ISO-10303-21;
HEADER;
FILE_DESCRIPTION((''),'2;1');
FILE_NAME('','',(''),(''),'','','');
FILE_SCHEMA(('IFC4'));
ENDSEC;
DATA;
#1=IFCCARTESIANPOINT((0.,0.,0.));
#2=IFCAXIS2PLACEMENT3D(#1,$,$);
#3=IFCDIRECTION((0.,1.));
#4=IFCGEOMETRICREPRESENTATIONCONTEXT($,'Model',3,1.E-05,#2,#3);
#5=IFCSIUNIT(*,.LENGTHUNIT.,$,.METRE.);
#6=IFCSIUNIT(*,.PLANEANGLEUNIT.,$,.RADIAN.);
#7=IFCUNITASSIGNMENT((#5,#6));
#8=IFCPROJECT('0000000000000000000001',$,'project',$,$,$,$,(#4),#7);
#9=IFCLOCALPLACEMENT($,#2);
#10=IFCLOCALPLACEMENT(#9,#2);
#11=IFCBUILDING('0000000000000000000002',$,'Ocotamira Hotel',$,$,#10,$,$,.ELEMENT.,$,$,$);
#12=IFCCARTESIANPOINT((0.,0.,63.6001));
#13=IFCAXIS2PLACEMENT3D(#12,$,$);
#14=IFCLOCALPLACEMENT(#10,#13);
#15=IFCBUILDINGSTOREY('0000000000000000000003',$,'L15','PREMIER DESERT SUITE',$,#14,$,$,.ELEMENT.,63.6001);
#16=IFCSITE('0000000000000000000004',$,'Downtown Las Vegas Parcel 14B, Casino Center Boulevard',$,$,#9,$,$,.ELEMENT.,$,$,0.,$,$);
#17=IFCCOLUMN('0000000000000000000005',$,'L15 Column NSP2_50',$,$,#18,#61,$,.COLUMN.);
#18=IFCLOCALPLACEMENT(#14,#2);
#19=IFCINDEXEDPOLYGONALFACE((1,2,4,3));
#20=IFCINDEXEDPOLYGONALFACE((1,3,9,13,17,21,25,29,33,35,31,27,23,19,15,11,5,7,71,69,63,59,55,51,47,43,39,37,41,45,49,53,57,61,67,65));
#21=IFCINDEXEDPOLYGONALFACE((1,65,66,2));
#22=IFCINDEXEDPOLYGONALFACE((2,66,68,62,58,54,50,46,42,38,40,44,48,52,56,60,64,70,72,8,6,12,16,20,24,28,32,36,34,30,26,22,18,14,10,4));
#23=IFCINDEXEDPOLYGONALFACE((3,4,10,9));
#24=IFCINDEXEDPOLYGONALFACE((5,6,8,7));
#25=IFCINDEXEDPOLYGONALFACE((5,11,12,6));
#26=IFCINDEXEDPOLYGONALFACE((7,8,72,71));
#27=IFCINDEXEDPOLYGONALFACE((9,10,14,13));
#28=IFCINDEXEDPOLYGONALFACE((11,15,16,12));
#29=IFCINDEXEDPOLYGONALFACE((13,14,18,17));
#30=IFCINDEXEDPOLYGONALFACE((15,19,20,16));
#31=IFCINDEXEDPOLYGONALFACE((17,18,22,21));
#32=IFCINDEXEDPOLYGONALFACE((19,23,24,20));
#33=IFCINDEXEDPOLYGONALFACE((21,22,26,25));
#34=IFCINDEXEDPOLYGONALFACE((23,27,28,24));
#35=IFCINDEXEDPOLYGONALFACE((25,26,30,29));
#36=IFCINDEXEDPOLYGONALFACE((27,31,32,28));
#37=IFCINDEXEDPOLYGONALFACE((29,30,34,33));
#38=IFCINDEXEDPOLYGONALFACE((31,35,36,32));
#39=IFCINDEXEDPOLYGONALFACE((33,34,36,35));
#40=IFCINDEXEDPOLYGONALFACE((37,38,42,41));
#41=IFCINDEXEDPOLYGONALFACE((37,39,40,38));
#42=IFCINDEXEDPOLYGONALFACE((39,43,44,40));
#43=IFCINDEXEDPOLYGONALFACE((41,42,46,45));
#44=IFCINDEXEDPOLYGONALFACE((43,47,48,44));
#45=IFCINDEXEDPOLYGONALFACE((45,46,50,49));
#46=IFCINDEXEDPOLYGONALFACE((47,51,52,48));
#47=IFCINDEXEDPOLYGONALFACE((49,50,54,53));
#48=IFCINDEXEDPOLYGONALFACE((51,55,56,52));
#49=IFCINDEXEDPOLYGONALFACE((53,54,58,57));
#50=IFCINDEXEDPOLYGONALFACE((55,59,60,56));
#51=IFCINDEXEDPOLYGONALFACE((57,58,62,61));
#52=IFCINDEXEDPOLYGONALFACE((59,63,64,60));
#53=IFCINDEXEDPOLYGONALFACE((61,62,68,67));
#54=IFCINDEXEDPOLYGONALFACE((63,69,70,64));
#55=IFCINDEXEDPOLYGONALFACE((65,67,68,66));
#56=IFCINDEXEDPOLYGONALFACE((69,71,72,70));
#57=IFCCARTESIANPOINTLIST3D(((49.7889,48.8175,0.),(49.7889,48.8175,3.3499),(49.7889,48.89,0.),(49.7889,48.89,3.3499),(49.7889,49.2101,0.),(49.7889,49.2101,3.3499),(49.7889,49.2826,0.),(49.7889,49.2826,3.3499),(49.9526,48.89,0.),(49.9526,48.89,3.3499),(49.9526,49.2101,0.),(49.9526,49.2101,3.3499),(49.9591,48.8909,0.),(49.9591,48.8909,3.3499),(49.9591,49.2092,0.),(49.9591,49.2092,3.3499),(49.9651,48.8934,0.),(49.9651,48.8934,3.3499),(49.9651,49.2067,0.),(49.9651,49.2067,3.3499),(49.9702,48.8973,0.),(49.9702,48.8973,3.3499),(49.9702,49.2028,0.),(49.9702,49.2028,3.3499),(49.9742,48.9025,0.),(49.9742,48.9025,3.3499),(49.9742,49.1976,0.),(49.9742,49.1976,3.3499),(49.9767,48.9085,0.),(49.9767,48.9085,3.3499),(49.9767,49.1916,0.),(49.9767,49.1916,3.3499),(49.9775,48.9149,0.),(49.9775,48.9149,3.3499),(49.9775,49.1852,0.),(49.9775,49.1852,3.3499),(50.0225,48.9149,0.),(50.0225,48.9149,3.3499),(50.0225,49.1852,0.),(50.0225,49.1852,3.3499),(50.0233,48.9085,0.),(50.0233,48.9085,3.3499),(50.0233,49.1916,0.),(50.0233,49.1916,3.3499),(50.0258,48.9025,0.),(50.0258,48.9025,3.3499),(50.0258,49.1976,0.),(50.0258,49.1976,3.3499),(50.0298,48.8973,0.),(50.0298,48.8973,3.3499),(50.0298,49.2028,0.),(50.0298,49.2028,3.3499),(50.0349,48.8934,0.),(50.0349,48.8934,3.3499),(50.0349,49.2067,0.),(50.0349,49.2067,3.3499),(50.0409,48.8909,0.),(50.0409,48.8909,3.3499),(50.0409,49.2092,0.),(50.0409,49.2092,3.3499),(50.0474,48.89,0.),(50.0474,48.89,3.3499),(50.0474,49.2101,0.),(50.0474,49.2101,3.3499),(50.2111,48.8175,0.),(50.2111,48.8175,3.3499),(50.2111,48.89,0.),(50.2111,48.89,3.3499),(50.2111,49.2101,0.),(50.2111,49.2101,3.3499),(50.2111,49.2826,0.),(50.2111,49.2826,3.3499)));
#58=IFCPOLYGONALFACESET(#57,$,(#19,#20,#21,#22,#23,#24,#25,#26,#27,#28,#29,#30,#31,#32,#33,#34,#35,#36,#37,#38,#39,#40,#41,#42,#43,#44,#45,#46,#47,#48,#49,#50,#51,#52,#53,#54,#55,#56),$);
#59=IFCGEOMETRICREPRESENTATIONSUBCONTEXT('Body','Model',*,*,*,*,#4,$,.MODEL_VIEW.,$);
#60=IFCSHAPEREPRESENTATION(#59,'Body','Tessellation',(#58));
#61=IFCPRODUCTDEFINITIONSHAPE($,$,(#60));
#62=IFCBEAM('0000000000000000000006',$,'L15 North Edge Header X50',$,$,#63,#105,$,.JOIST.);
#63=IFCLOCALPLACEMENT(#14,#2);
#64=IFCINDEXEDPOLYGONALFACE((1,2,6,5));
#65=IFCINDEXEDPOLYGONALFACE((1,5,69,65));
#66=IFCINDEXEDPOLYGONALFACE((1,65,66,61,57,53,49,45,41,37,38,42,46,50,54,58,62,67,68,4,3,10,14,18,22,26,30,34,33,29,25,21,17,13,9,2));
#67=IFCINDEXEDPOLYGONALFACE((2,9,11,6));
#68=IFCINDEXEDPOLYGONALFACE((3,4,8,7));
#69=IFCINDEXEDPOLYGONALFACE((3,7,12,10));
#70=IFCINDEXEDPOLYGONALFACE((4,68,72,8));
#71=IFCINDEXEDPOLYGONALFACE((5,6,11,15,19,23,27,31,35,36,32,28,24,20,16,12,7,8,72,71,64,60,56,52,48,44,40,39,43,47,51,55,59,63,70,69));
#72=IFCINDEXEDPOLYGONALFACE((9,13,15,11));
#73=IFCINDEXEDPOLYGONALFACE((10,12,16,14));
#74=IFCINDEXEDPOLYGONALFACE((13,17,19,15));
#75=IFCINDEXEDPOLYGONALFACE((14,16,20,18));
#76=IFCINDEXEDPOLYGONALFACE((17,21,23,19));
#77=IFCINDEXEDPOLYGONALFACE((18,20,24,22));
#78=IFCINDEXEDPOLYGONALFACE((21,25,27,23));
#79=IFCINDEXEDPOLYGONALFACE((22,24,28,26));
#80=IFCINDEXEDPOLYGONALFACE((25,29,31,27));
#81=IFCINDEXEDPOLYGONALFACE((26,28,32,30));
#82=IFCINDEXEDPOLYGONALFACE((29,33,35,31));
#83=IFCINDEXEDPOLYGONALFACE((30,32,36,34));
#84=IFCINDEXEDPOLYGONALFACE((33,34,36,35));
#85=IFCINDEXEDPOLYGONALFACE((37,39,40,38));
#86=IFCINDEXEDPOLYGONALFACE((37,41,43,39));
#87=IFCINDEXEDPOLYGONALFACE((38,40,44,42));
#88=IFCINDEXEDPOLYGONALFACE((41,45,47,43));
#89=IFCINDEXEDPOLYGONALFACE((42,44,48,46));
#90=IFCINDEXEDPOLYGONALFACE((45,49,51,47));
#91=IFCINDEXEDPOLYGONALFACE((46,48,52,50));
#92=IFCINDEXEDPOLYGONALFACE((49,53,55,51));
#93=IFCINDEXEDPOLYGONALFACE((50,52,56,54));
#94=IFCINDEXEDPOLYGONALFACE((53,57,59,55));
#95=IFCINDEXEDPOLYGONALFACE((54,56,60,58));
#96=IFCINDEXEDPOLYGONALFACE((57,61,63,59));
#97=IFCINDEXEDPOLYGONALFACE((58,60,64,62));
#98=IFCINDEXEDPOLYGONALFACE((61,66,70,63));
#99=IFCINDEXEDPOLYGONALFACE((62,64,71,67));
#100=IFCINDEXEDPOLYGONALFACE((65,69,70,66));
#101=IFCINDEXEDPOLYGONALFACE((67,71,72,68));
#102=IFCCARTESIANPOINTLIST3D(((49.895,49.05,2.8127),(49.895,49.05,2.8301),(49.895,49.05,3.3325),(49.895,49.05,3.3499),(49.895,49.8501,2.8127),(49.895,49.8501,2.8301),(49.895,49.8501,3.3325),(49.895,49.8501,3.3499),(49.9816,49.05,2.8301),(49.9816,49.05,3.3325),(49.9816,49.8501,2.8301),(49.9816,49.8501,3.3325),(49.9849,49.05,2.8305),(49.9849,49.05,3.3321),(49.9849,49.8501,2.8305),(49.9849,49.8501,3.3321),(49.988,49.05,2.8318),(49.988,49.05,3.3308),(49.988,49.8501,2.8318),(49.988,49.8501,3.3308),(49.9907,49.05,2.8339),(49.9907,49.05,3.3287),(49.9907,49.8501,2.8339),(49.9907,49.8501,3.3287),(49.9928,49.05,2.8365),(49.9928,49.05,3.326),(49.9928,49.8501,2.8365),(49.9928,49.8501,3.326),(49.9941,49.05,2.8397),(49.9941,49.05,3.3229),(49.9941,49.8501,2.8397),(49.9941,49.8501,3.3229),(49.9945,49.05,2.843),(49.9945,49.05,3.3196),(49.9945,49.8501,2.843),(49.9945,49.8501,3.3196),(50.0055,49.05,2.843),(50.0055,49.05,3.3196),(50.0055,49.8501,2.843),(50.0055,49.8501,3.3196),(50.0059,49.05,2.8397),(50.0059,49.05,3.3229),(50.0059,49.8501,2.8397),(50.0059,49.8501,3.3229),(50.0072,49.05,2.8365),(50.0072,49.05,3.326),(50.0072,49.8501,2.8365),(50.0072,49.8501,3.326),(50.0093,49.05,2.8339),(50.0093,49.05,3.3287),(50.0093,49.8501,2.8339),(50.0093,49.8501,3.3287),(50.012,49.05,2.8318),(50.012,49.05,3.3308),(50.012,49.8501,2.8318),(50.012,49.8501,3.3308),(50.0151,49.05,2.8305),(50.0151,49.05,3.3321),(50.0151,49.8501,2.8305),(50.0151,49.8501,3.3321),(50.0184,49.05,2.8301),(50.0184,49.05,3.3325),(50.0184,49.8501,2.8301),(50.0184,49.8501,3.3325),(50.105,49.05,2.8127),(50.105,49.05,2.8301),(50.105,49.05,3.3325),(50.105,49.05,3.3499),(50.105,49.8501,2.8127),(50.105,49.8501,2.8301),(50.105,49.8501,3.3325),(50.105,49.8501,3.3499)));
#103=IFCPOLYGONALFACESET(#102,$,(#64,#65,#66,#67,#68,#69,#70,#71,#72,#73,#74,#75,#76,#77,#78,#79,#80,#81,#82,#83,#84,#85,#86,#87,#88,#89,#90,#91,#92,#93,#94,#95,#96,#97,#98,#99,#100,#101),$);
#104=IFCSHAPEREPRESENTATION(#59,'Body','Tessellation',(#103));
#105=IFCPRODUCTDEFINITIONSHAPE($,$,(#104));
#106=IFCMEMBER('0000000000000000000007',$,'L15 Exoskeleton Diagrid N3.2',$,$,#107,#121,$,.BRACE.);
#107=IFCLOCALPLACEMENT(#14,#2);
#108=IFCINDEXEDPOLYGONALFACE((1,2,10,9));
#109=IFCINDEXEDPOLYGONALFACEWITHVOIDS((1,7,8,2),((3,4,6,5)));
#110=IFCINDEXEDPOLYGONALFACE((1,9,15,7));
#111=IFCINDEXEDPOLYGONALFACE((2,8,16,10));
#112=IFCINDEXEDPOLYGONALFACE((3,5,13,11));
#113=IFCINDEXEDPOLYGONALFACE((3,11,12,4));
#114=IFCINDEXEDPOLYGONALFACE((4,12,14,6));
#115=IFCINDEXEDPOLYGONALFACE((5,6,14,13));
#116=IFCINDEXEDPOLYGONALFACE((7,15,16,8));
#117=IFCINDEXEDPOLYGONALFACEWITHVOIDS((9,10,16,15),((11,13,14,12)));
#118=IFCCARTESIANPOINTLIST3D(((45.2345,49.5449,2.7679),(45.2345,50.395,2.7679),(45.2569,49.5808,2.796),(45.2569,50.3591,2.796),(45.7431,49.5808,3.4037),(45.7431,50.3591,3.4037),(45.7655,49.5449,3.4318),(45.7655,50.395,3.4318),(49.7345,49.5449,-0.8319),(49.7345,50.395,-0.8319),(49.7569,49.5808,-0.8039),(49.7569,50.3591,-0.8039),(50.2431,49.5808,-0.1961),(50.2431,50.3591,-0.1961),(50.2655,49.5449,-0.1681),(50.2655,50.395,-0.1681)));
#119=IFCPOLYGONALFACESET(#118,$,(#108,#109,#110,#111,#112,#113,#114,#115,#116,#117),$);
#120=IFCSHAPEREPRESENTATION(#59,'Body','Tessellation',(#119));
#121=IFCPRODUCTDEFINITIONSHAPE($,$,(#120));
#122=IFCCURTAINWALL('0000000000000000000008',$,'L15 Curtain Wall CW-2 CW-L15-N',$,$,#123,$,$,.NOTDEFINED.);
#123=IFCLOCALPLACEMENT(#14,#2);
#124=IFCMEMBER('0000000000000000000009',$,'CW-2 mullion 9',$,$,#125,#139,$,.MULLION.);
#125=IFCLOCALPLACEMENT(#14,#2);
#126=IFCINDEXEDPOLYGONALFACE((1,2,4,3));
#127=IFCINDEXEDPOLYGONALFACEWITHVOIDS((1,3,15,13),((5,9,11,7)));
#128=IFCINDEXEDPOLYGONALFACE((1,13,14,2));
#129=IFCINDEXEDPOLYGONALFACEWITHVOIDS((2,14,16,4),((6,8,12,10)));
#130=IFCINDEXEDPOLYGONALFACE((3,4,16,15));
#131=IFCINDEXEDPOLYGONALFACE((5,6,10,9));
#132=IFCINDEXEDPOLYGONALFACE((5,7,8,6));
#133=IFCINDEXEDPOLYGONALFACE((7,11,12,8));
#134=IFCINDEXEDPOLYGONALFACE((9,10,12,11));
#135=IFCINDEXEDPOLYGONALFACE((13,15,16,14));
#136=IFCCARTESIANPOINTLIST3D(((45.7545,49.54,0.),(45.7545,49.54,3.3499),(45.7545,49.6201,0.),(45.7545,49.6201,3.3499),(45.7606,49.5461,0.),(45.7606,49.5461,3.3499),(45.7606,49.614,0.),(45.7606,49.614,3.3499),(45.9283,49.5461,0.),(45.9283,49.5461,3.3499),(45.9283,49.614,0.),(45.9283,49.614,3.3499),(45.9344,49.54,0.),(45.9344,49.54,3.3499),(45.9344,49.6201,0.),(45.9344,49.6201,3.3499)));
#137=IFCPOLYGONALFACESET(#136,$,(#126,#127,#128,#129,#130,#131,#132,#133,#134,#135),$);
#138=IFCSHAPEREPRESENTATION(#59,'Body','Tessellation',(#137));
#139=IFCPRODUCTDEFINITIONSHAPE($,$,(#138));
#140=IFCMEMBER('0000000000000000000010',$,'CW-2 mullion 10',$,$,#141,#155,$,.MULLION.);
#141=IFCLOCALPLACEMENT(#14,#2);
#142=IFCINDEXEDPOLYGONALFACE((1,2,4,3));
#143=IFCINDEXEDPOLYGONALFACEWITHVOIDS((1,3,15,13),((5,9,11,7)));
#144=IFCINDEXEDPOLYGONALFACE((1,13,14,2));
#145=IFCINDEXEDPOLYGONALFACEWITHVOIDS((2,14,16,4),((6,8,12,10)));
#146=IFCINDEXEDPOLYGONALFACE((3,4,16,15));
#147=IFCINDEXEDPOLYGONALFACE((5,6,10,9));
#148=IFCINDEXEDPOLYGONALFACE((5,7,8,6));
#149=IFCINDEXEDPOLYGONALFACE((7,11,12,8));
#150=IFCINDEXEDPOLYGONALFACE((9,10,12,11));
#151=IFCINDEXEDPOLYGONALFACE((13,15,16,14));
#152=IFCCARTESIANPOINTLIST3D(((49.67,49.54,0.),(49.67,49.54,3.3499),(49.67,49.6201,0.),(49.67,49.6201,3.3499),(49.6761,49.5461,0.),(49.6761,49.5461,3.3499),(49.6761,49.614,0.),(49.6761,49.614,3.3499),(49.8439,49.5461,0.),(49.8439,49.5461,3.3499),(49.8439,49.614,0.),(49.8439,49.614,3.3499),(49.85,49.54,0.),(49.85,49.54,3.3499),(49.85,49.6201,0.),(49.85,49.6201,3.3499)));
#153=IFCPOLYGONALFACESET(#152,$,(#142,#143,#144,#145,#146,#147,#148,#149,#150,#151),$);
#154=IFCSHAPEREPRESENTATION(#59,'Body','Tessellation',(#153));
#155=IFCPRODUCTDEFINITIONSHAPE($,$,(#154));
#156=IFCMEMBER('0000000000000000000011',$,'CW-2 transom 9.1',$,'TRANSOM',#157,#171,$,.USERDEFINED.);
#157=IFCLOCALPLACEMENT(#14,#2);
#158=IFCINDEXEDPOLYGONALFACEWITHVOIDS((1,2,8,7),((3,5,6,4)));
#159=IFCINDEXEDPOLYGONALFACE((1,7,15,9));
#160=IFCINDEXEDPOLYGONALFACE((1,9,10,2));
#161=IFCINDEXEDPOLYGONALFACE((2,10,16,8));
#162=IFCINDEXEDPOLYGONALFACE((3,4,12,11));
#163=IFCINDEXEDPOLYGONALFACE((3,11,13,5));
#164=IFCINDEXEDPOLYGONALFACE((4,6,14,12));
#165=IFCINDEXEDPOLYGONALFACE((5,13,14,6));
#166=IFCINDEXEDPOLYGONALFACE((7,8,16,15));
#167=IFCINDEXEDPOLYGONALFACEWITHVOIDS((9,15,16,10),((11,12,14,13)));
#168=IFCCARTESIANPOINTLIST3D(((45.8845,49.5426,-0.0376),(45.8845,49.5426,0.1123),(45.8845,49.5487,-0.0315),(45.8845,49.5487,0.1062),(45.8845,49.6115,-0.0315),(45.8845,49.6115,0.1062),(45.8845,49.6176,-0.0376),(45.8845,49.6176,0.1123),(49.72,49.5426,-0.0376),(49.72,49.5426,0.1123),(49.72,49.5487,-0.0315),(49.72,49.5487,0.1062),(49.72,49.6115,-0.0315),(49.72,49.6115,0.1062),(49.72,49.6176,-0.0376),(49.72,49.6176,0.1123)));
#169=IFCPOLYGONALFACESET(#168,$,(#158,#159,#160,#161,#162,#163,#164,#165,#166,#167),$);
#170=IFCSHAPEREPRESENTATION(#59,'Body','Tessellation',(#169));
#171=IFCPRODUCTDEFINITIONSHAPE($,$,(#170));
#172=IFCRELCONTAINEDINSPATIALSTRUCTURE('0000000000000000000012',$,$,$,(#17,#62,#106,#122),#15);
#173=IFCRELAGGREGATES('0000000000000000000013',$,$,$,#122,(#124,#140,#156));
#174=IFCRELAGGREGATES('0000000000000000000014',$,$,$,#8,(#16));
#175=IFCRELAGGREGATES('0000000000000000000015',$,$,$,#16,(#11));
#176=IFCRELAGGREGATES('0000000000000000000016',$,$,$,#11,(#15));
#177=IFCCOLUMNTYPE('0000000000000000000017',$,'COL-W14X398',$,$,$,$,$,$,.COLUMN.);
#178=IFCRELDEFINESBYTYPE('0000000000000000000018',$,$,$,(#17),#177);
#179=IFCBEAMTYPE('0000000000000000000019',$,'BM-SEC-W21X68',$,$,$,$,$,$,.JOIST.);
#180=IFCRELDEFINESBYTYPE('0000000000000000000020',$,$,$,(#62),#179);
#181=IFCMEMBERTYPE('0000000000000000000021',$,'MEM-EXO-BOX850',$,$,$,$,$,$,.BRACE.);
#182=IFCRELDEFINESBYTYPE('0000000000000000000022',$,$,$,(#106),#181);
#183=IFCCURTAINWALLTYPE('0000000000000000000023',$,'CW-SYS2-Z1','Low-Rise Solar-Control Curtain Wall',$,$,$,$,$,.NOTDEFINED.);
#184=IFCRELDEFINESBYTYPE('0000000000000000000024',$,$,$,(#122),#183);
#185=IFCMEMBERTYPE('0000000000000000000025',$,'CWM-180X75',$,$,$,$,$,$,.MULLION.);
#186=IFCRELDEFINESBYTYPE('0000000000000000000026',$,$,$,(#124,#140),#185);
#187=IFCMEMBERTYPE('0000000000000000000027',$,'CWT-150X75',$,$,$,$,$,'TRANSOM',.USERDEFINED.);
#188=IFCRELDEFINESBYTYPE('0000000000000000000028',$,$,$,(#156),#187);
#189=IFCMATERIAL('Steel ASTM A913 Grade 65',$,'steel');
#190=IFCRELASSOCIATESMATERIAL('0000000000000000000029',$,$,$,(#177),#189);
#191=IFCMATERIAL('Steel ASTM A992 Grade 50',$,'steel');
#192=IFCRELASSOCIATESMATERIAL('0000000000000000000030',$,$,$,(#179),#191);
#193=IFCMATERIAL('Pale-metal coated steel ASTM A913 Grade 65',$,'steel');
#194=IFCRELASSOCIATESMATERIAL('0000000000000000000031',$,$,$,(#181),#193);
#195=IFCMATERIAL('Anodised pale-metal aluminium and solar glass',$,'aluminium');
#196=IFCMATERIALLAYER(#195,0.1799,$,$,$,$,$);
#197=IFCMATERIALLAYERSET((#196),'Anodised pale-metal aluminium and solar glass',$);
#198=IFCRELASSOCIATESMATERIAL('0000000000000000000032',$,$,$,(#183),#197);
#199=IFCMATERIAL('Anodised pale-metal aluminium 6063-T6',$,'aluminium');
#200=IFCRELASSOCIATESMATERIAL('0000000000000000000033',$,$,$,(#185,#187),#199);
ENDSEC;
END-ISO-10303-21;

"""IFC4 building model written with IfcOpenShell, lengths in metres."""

from ifc_helpers import new_model, si_unit, direction, frame, origin, origin_2d, place, context, subcontext, project, spatial, hollow_rectangle, i_section, extrude, source, transform, mapped, material, layer, layer_set, material_profile, profile_set, type_object, element, aggregate, save


model = new_model("IFC4")

# Units and contexts
model_context = context("Model", 3, precision=1e-05, world=origin(), true_north=direction((0.0, 1.0)))
body_context = subcontext(model_context, "Body", "Model", "MODEL_VIEW")
ifc_project = project(units=[si_unit("LENGTHUNIT", "METRE"), si_unit("PLANEANGLEUNIT", "RADIAN")], contexts=[model_context])

# Site, building, storey
site_placement = place(None, origin())
site = spatial("IfcSite", under=ifc_project, at=site_placement, Name="Downtown Las Vegas Parcel 14B, Casino Center Boulevard", CompositionType="ELEMENT", RefElevation=0.0)
building_placement = place(site_placement, origin())
building = spatial("IfcBuilding", under=site, at=building_placement, Name="Ocotamira Hotel", CompositionType="ELEMENT")
storey_placement = place(building_placement, frame((0.0, 0.0, 63.6001)))
storey = spatial("IfcBuildingStorey", under=building, at=storey_placement, Name="L15", Description="PREMIER DESERT SUITE", CompositionType="ELEMENT", Elevation=63.6001)

# Column
ifc_material_1 = material(Name="Steel ASTM A913 Grade 65", Category="steel")
ifc_material_profile_1 = material_profile(ifc_material_1, i_section(OverallWidth=0.4221, OverallDepth=0.4651, WebThickness=0.0449, FlangeThickness=0.0725, FilletRadius=0.0249, at=origin_2d()), Name="W14X398")
ifc_profile_set_1 = profile_set([ifc_material_profile_1], Name="Steel ASTM A913 Grade 65")
column_type = type_object("IfcColumnType", Name="COL-W14X398", PredefinedType="COLUMN", material=ifc_profile_set_1)
shared_shape_1 = source(origin(), body_context, "Body", "SweptSolid", [
    extrude(i_section(OverallWidth=0.4221, OverallDepth=0.4651, WebThickness=0.0449, FlangeThickness=0.0725, FilletRadius=0.0249, at=origin_2d()), origin(), (0.0, 0.0, 1.0), 3.3499),
])
column_placement = place(storey_placement, frame((50.0, 49.05, 0.0), z_axis=(0.0, 0.0, 1.0), x_axis=(1.0, 0.0, 0.0)))
element("IfcColumn", 1, at=column_placement, inside=storey, type_object=column_type, Name="L15 Column NSP2_50", PredefinedType="COLUMN", context=body_context, shape_type="MappedRepresentation", body=[
    mapped(shared_shape_1, transform((0.0, 0.0, 0.0), scale=1.0)),
])

# Beam
ifc_material_2 = material(Name="Steel ASTM A992 Grade 50", Category="steel")
ifc_material_profile_2 = material_profile(ifc_material_2, i_section(OverallWidth=0.21, OverallDepth=0.5371, WebThickness=0.011, FlangeThickness=0.0173, FilletRadius=0.0129, at=origin_2d()), Name="W21X68")
ifc_profile_set_2 = profile_set([ifc_material_profile_2], Name="Steel ASTM A992 Grade 50")
beam_type = type_object("IfcBeamType", Name="BM-SEC-W21X68", PredefinedType="JOIST", material=ifc_profile_set_2)
shared_shape_2 = source(origin(), body_context, "Body", "SweptSolid", [
    extrude(i_section(OverallWidth=0.21, OverallDepth=0.5371, WebThickness=0.011, FlangeThickness=0.0173, FilletRadius=0.0129, at=origin_2d()), origin(), (0.0, 0.0, 1.0), 0.8),
])
beam_placement = place(storey_placement, frame((50.0, 49.05, 3.0813), z_axis=(0.0, 1.0, 0.0), x_axis=(-1.0, 0.0, 0.0)))
element("IfcBeam", 2, at=beam_placement, inside=storey, type_object=beam_type, Name="L15 North Edge Header X50", PredefinedType="JOIST", context=body_context, shape_type="MappedRepresentation", body=[
    mapped(shared_shape_2, transform((0.0, 0.0, 0.0), scale=1.0)),
])

# Member
ifc_material_3 = material(Name="Pale-metal coated steel ASTM A913 Grade 65", Category="steel")
ifc_material_profile_3 = material_profile(ifc_material_3, hollow_rectangle(XDim=0.8501, YDim=0.8501, WallThickness=0.0359, at=origin_2d()), Name="BOX850X850X36")
ifc_profile_set_3 = profile_set([ifc_material_profile_3], Name="Pale-metal coated steel ASTM A913 Grade 65")
member_type_1 = type_object("IfcMemberType", Name="MEM-EXO-BOX850", PredefinedType="BRACE", material=ifc_profile_set_3)
shared_shape_3 = source(origin(), body_context, "Body", "SweptSolid", [
    extrude(hollow_rectangle(XDim=0.8501, YDim=0.8501, WallThickness=0.0359, at=origin_2d()), origin(), (0.0, 0.0, 1.0), 5.7627),
])
member_1_placement = place(storey_placement, frame((50.0, 49.97, -0.5), z_axis=(-0.780881, 0.0, 0.62468), x_axis=(0.0, -1.0, 0.0)))
element("IfcMember", 3, at=member_1_placement, inside=storey, type_object=member_type_1, Name="L15 Exoskeleton Diagrid N3.2", PredefinedType="BRACE", context=body_context, shape_type="MappedRepresentation", body=[
    mapped(shared_shape_3, transform((0.0, 0.0, 0.0), scale=1.0)),
])

# Curtain wall, members
ifc_material_4 = material(Name="Anodised pale-metal aluminium and solar glass", Category="aluminium")
ifc_layer_1 = layer(ifc_material_4, 0.1799)
ifc_layer_set_1 = layer_set([ifc_layer_1], Name="Anodised pale-metal aluminium and solar glass")
curtain_wall_type = type_object("IfcCurtainWallType", Name="CW-SYS2-Z1", Description="Low-Rise Solar-Control Curtain Wall", PredefinedType="NOTDEFINED", material=ifc_layer_set_1)
curtain_wall_placement = place(storey_placement, origin())
curtain_wall = element("IfcCurtainWall", 4, at=curtain_wall_placement, inside=storey, type_object=curtain_wall_type, Name="L15 Curtain Wall CW-2 CW-L15-N", PredefinedType="NOTDEFINED")
ifc_material_5 = material(Name="Anodised pale-metal aluminium 6063-T6", Category="aluminium")
ifc_material_profile_4 = material_profile(ifc_material_5, hollow_rectangle(XDim=0.0801, YDim=0.1799, WallThickness=0.0061, at=origin_2d()), Name="HSS180X80X6")
ifc_profile_set_4 = profile_set([ifc_material_profile_4], Name="Anodised pale-metal aluminium 6063-T6")
member_type_2 = type_object("IfcMemberType", Name="CWM-180X75", PredefinedType="MULLION", material=ifc_profile_set_4)
shared_shape_4 = source(origin(), body_context, "Body", "SweptSolid", [
    extrude(hollow_rectangle(XDim=0.0801, YDim=0.1799, WallThickness=0.0061, at=origin_2d()), origin(), (0.0, 0.0, 1.0), 3.3499),
])
member_2_placement = place(storey_placement, frame((45.8445, 49.5801, 0.0), z_axis=(0.0, 0.0, 1.0), x_axis=(0.0, 1.0, 0.0)))
member_2 = element("IfcMember", 5, at=member_2_placement, type_object=member_type_2, Name="CW-2 mullion 9", PredefinedType="MULLION", context=body_context, shape_type="MappedRepresentation", body=[
    mapped(shared_shape_4, transform((0.0, 0.0, 0.0), scale=1.0)),
])
member_3_placement = place(storey_placement, frame((49.76, 49.5801, 0.0), z_axis=(0.0, 0.0, 1.0), x_axis=(0.0, 1.0, 0.0)))
member_3 = element("IfcMember", 6, at=member_3_placement, type_object=member_type_2, Name="CW-2 mullion 10", PredefinedType="MULLION", context=body_context, shape_type="MappedRepresentation", body=[
    mapped(shared_shape_4, transform((0.0, 0.0, 0.0), scale=1.0)),
])
ifc_material_profile_5 = material_profile(ifc_material_5, hollow_rectangle(XDim=0.075, YDim=0.1499, WallThickness=0.0061, at=origin_2d()), Name="HSS150X75X6")
ifc_profile_set_5 = profile_set([ifc_material_profile_5], Name="Anodised pale-metal aluminium 6063-T6")
member_type_3 = type_object("IfcMemberType", Name="CWT-150X75", ElementType="TRANSOM", PredefinedType="USERDEFINED", material=ifc_profile_set_5)
shared_shape_5 = source(origin(), body_context, "Body", "SweptSolid", [
    extrude(hollow_rectangle(XDim=0.075, YDim=0.1499, WallThickness=0.0061, at=origin_2d()), origin(), (0.0, 0.0, 1.0), 3.8354),
])
member_4_placement = place(storey_placement, frame((45.8845, 49.5801, 0.0374), z_axis=(1.0, 0.0, 0.0), x_axis=(0.0, 1.0, 0.0)))
member_4 = element("IfcMember", 7, at=member_4_placement, type_object=member_type_3, Name="CW-2 transom 9.1", ObjectType="TRANSOM", PredefinedType="USERDEFINED", context=body_context, shape_type="MappedRepresentation", body=[
    mapped(shared_shape_5, transform((0.0, 0.0, 0.0), scale=1.0)),
])

aggregate(curtain_wall, [member_2, member_3, member_4])

save(model, "model.ifc")
